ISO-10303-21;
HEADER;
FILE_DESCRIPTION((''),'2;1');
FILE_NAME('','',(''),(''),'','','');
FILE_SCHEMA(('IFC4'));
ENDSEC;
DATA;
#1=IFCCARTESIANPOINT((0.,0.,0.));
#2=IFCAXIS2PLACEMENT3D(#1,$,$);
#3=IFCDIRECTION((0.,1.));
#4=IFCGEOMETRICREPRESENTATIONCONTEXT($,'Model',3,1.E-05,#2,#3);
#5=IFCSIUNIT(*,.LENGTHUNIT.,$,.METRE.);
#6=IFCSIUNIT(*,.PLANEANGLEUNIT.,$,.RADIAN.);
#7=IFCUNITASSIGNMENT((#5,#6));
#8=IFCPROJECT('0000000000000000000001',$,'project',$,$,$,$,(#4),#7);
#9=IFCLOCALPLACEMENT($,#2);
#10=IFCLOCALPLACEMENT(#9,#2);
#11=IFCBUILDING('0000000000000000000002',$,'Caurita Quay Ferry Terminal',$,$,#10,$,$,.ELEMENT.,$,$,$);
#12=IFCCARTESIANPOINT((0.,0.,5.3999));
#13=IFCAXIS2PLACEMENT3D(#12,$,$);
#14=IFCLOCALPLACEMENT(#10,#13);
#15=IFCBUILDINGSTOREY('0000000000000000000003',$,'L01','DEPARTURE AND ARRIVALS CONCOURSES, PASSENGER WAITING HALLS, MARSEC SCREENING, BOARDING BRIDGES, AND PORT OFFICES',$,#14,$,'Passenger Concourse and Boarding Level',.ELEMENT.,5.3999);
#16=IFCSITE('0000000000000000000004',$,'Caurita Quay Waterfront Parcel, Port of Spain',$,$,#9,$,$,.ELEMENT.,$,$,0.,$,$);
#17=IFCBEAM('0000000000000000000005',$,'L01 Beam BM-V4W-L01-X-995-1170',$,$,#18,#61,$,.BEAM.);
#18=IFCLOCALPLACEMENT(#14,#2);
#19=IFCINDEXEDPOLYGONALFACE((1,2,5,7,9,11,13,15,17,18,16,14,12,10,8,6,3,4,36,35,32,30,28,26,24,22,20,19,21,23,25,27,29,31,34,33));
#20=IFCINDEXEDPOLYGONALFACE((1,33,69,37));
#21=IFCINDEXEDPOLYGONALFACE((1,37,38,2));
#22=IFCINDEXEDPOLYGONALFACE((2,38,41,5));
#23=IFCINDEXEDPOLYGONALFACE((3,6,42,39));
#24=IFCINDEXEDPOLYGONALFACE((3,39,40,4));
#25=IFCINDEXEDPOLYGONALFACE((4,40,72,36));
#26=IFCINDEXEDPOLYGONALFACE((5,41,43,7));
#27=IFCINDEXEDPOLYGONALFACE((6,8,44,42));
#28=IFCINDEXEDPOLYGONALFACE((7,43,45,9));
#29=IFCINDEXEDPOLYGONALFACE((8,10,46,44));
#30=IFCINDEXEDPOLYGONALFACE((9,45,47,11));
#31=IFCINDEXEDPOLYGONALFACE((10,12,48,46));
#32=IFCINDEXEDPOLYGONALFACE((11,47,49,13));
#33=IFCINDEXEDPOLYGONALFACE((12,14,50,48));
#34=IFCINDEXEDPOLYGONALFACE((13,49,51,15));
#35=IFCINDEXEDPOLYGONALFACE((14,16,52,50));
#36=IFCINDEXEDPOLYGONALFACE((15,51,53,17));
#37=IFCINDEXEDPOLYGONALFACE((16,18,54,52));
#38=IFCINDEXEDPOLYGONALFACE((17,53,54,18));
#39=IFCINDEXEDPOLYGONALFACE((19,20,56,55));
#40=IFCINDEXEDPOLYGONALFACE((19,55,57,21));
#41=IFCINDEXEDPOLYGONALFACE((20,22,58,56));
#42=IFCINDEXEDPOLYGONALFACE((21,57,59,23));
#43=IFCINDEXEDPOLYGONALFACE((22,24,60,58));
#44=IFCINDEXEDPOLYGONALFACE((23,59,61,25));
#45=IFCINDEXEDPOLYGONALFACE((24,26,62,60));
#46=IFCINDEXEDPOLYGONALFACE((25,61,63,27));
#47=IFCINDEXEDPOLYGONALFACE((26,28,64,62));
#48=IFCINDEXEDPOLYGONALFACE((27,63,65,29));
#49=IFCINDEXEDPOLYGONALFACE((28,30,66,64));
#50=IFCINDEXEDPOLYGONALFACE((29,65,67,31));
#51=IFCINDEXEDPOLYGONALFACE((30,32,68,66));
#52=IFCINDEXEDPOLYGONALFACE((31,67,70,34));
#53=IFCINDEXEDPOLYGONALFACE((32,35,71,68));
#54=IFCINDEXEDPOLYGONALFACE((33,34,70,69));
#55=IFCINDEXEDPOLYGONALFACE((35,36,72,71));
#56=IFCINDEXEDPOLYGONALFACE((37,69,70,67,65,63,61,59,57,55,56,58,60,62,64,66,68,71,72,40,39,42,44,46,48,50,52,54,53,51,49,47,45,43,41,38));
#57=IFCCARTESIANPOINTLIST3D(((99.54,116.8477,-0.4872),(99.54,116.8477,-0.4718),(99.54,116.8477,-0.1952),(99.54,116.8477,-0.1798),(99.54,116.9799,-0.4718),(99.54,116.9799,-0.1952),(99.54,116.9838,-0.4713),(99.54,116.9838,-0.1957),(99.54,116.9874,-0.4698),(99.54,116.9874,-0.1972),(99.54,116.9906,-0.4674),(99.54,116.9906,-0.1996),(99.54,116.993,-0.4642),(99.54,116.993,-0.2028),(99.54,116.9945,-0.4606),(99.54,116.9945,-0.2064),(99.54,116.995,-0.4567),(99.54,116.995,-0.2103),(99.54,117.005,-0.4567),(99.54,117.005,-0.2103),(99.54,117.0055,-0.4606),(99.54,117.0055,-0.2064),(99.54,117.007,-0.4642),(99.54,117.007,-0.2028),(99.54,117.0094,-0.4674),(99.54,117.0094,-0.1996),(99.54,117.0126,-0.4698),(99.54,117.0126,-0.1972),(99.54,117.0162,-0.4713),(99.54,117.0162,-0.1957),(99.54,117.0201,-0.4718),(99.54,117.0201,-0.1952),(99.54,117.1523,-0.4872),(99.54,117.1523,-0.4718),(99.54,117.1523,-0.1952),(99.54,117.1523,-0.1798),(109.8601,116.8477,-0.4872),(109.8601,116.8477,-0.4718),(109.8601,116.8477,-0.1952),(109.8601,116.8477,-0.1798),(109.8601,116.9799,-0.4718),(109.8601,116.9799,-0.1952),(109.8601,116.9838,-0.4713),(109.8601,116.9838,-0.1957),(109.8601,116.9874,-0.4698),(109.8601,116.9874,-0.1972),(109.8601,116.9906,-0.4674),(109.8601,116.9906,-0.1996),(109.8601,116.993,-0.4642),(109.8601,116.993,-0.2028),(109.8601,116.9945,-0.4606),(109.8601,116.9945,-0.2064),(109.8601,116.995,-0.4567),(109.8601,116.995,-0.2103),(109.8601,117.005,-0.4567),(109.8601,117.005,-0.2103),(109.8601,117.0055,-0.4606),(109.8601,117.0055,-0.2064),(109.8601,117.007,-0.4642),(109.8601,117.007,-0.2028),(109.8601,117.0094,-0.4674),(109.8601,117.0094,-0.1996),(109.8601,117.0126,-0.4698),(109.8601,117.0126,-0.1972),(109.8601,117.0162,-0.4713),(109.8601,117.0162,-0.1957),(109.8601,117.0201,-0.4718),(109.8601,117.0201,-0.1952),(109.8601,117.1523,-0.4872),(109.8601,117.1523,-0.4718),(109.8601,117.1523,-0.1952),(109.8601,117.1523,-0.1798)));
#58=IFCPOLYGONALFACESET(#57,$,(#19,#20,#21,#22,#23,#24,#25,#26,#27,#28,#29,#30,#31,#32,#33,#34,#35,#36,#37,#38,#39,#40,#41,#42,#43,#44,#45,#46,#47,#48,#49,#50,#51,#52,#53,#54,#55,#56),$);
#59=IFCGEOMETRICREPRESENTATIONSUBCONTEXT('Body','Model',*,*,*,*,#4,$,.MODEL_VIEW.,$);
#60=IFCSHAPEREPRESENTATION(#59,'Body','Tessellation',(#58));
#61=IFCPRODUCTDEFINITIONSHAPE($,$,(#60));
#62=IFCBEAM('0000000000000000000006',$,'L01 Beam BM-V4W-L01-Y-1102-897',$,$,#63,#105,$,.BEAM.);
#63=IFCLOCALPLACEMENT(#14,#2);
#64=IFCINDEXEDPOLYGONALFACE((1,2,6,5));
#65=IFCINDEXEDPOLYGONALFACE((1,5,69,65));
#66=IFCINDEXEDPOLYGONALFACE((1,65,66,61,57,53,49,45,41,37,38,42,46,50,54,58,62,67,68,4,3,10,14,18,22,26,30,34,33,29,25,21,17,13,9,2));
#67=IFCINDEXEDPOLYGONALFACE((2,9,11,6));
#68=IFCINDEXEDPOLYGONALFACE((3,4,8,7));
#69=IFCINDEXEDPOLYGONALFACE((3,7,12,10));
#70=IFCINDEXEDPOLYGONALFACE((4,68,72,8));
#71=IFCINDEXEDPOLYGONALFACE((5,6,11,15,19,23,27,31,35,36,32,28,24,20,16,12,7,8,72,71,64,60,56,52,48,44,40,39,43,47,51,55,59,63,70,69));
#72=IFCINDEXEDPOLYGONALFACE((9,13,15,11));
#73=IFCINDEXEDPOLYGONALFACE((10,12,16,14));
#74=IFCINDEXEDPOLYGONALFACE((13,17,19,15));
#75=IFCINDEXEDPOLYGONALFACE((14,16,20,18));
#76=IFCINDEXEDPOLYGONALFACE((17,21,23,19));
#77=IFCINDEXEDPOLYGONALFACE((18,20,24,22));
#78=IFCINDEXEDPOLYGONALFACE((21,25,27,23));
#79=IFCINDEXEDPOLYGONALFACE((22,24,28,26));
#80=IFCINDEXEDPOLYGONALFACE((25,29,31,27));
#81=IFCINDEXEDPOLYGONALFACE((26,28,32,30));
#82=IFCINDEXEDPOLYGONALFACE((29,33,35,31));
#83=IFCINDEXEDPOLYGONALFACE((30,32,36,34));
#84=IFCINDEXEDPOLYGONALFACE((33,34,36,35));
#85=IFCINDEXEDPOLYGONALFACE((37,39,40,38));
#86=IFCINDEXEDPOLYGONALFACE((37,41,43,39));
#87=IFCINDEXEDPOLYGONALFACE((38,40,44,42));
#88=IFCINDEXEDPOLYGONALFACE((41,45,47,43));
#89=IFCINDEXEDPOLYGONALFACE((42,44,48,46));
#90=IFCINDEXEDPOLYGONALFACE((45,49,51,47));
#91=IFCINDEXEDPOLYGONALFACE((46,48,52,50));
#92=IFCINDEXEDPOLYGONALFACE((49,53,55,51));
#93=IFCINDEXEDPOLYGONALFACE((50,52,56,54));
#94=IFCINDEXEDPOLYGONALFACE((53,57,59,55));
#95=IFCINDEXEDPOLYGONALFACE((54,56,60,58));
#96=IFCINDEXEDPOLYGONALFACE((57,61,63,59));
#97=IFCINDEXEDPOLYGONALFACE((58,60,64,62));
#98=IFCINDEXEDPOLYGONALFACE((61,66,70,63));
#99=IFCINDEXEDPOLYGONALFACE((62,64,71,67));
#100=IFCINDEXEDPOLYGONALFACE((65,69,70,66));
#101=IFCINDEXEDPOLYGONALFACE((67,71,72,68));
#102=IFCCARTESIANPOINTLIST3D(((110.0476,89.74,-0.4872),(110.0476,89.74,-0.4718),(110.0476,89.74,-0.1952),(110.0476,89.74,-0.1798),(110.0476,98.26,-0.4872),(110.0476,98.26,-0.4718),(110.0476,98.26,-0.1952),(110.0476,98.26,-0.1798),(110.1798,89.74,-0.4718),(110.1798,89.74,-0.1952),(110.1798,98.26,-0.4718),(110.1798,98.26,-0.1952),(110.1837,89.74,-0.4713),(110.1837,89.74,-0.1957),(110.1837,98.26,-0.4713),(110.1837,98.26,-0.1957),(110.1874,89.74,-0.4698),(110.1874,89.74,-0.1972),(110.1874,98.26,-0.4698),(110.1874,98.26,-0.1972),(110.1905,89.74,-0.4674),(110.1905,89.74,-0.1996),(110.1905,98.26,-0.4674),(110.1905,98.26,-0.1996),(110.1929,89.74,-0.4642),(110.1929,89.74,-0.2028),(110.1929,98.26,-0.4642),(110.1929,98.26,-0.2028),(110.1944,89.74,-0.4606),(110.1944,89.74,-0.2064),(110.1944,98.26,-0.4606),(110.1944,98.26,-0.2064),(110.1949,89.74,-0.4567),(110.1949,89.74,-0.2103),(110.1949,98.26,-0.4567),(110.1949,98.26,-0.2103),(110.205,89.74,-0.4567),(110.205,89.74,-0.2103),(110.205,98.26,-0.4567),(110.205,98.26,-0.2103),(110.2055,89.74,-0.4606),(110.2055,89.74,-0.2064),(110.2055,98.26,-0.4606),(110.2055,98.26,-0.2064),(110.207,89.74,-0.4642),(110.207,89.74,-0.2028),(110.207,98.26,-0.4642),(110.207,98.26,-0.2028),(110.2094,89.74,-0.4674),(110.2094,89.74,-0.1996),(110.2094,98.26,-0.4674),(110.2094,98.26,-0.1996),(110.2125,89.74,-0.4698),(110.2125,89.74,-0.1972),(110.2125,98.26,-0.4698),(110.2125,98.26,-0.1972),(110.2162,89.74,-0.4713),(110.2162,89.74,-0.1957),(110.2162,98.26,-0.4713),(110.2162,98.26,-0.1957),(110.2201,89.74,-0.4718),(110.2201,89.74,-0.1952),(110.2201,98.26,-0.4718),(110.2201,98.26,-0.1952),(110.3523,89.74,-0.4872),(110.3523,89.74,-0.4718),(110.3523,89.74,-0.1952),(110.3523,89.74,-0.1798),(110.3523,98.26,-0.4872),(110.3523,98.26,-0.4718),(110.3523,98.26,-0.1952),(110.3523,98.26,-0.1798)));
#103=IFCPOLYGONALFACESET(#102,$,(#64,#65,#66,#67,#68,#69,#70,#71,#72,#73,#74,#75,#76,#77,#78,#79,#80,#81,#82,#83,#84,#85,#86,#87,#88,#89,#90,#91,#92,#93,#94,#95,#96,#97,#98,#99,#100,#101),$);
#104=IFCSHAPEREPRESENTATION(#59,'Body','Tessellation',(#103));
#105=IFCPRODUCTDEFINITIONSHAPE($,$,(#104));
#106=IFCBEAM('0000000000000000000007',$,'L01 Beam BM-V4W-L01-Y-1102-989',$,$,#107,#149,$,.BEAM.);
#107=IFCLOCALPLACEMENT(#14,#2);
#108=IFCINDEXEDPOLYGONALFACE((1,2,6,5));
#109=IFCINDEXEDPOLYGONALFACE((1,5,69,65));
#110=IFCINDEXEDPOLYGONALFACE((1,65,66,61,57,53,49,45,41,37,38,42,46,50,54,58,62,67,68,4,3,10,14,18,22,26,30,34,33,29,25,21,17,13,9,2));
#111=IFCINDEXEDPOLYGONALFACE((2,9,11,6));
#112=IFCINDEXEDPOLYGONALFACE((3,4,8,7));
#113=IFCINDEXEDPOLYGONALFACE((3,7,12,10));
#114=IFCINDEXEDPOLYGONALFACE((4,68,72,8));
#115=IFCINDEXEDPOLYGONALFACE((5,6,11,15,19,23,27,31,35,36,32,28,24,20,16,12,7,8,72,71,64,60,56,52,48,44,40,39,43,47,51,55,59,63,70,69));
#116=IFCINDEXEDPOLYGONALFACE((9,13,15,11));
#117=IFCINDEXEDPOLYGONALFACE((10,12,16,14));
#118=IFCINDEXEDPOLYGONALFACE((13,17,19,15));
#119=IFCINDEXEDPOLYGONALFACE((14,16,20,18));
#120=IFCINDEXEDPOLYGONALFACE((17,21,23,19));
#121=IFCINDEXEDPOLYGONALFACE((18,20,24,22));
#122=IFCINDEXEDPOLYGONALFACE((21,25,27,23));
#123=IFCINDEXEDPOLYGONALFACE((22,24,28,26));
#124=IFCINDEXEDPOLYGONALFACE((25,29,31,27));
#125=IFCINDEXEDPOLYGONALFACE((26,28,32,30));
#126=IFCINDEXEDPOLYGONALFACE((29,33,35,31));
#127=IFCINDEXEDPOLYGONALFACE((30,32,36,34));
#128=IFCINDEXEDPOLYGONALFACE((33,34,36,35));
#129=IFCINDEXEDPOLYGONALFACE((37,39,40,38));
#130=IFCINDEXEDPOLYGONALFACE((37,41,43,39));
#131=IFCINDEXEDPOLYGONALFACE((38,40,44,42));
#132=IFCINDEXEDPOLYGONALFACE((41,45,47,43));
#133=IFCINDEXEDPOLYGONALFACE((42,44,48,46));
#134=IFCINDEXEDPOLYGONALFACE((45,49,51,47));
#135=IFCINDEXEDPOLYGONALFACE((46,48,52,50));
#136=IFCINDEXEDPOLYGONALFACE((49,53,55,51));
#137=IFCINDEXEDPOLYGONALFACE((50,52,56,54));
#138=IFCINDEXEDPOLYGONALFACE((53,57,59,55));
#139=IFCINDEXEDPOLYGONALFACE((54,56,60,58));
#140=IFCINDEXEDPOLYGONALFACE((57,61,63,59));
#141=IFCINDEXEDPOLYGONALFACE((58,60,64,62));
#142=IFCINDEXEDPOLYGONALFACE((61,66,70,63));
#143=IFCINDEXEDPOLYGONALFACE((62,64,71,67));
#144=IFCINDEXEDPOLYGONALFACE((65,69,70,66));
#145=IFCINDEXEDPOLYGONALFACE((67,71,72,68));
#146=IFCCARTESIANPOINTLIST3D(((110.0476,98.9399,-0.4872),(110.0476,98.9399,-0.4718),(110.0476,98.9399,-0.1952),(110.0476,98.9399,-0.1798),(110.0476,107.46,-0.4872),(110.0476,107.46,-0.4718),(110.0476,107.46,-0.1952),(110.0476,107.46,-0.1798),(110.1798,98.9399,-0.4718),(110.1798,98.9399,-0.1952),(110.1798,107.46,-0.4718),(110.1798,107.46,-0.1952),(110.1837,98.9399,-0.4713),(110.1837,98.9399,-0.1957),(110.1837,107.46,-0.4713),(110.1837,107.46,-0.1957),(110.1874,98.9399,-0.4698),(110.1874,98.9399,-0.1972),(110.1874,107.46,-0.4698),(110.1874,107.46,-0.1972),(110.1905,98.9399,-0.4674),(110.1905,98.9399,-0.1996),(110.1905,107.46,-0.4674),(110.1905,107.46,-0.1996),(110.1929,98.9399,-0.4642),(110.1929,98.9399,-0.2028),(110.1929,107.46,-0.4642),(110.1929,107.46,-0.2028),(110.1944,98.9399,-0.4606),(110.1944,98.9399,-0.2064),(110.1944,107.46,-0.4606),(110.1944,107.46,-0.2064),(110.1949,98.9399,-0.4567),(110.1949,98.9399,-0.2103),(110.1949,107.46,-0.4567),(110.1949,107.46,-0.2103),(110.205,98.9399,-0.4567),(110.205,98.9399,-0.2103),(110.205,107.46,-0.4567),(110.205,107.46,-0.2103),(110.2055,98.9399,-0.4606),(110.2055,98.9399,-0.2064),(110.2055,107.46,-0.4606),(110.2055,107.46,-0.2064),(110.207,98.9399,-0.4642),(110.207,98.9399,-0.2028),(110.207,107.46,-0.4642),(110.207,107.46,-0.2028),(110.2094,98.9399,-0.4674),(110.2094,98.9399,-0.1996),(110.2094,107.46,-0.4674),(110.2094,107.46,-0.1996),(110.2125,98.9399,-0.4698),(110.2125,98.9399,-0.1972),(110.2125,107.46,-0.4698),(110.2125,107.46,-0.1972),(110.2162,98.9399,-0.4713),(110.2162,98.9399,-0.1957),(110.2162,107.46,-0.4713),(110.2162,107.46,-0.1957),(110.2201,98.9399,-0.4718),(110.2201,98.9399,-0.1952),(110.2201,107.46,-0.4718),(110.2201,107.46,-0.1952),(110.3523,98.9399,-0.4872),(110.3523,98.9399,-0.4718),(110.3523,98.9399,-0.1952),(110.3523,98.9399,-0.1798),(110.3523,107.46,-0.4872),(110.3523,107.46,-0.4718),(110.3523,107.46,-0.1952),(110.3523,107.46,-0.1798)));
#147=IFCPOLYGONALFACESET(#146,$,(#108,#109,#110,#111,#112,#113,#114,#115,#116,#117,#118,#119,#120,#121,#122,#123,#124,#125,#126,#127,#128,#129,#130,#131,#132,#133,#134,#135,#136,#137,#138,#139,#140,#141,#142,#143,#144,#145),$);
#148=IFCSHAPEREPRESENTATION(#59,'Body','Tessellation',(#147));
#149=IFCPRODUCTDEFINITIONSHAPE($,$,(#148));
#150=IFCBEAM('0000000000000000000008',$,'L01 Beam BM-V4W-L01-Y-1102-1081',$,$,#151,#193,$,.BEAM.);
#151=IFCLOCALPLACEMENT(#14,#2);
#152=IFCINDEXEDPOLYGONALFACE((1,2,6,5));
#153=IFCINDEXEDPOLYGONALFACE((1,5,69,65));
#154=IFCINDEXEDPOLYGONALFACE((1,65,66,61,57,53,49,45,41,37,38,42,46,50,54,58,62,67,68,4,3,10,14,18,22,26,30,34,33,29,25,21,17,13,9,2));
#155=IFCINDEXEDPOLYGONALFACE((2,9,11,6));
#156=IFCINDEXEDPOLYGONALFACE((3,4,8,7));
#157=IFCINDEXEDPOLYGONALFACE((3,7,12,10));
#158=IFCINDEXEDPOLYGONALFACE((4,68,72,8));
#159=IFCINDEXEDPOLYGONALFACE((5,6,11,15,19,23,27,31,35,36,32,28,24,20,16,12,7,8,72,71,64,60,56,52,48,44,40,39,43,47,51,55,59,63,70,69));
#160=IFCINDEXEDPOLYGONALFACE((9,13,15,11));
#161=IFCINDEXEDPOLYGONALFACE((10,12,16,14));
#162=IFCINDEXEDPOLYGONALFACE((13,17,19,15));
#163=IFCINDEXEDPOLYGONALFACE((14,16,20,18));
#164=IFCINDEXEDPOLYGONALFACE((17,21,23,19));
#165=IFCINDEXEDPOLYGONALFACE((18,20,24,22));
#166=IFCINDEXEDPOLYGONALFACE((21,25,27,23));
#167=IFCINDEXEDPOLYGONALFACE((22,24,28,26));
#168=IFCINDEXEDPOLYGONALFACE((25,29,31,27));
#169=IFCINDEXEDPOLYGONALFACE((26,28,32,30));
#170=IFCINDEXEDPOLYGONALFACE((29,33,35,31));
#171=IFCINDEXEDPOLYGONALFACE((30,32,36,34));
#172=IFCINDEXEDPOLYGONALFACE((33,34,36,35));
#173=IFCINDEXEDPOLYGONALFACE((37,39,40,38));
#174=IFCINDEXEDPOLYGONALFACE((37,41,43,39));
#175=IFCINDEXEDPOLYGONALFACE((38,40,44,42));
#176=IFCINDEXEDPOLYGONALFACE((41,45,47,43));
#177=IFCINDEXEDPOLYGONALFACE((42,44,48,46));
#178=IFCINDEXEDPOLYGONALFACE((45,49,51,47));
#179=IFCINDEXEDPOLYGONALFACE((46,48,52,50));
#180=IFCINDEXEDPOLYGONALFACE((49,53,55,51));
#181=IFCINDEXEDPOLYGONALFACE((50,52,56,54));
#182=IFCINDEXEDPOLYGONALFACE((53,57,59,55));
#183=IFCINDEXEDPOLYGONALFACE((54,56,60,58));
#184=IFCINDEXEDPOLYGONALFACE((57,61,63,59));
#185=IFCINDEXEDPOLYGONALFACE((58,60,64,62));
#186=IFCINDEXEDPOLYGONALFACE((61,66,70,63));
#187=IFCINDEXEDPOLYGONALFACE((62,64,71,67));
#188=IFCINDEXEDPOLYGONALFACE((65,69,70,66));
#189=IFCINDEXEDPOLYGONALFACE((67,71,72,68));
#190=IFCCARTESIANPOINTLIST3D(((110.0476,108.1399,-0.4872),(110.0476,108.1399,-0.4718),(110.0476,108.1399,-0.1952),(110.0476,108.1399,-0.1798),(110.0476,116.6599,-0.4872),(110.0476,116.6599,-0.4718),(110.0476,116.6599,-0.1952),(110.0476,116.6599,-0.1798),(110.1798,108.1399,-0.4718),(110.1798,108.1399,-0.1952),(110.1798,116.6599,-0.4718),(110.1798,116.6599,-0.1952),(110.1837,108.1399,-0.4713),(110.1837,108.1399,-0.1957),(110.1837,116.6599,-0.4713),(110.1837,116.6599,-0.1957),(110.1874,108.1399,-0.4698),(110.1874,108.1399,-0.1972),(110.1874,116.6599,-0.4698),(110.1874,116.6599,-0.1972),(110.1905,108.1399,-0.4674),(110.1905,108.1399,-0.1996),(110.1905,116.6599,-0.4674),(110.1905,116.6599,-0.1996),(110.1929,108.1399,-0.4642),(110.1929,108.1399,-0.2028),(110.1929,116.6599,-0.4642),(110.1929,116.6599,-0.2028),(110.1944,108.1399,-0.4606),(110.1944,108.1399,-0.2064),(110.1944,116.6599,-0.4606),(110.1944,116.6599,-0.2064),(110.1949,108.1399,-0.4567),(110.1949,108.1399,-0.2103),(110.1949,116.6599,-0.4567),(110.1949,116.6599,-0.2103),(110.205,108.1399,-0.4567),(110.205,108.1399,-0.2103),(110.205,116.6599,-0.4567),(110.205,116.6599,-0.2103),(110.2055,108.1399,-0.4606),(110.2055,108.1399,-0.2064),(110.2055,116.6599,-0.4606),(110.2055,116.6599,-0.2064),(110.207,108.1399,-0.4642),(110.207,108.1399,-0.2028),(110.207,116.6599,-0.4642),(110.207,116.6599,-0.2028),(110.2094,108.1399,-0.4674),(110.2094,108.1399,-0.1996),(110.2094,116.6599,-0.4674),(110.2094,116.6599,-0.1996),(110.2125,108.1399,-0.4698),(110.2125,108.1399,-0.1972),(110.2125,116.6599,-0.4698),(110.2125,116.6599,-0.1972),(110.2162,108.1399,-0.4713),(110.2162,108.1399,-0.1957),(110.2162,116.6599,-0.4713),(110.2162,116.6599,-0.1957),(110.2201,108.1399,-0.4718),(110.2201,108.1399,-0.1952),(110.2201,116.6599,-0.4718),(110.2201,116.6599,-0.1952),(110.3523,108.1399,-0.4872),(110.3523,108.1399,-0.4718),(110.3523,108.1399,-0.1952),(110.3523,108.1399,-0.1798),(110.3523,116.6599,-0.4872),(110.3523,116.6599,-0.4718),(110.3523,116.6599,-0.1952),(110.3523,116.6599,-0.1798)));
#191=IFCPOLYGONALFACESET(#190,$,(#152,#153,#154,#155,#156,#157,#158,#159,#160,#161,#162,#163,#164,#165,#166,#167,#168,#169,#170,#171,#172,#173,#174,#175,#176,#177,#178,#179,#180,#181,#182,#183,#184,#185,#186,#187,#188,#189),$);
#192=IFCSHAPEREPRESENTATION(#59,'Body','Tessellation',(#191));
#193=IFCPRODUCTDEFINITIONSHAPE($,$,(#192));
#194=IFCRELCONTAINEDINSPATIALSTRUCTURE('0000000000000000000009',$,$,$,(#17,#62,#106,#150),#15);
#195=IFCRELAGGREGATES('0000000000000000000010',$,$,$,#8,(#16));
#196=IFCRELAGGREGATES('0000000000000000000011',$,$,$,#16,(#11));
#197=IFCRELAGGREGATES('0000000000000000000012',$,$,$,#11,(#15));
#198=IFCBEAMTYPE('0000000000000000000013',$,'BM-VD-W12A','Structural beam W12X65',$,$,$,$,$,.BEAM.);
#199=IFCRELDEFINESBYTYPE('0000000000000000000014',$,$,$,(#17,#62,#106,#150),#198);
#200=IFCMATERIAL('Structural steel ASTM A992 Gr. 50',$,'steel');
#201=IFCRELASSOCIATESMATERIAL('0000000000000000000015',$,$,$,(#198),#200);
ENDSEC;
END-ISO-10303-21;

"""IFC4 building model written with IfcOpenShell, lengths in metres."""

from ifc_helpers import new_model, si_unit, direction, frame, origin, origin_2d, place, context, subcontext, project, spatial, i_section, extrude, material, material_profile, profile_set, type_object, element, save


model = new_model("IFC4")

# Units and contexts
model_context = context("Model", 3, precision=1e-05, world=origin(), true_north=direction((0.0, 1.0)))
body_context = subcontext(model_context, "Body", "Model", "MODEL_VIEW")
ifc_project = project(units=[si_unit("LENGTHUNIT", "METRE"), si_unit("PLANEANGLEUNIT", "RADIAN")], contexts=[model_context])

# Site, building, storey
site_placement = place(None, origin())
site = spatial("IfcSite", under=ifc_project, at=site_placement, Name="Caurita Quay Waterfront Parcel, Port of Spain", CompositionType="ELEMENT", RefElevation=0.0)
building_placement = place(site_placement, origin())
building = spatial("IfcBuilding", under=site, at=building_placement, Name="Caurita Quay Ferry Terminal", CompositionType="ELEMENT")
storey_placement = place(building_placement, frame((0.0, 0.0, 5.3999)))
storey = spatial("IfcBuildingStorey", under=building, at=storey_placement, Name="L01", Description="DEPARTURE AND ARRIVALS CONCOURSES, PASSENGER WAITING HALLS, MARSEC SCREENING, BOARDING BRIDGES, AND PORT OFFICES", LongName="Passenger Concourse and Boarding Level", CompositionType="ELEMENT", Elevation=5.3999)

# Beams
ifc_material_1 = material(Name="Structural steel ASTM A992 Gr. 50", Category="steel")
ifc_material_profile_1 = material_profile(ifc_material_1, i_section(OverallWidth=0.3047, OverallDepth=0.3074, WebThickness=0.01, FlangeThickness=0.0154, FilletRadius=0.0151, at=origin_2d()), Name="W12X65")
ifc_profile_set_1 = profile_set([ifc_material_profile_1], Name="Structural steel ASTM A992 Gr. 50")
beam_type_1 = type_object("IfcBeamType", Name="BM-VD-W12A", Description="Structural beam W12X65", PredefinedType="BEAM", material=ifc_profile_set_1)
for number, where, z_axis, x_axis, name in (
    (1, (99.54, 117.0, -0.3335), (1.0, 0.0, 0.0), (0.0, 1.0, 0.0), "L01 Beam BM-V4W-L01-X-995-1170"),
):
    element("IfcBeam", number, at=place(storey_placement, frame(where, z_axis=z_axis, x_axis=x_axis)), inside=storey, type_object=beam_type_1, Name=name, PredefinedType="BEAM", context=body_context, shape_type="SweptSolid", body=[
        extrude(i_section(OverallWidth=0.3047, OverallDepth=0.3074, WebThickness=0.01, FlangeThickness=0.0154, FilletRadius=0.0151, at=origin_2d()), origin(), (0.0, 0.0, 1.0), 10.3201),
    ])
for number, where, z_axis, x_axis, name in (
    (2, (110.2, 89.74, -0.3335), (0.0, 1.0, 0.0), (-1.0, 0.0, 0.0), "L01 Beam BM-V4W-L01-Y-1102-897"),
    (3, (110.2, 98.9399, -0.3335), (0.0, 1.0, 0.0), (-1.0, 0.0, 0.0), "L01 Beam BM-V4W-L01-Y-1102-989"),
    (4, (110.2, 108.1399, -0.3335), (0.0, 1.0, 0.0), (-1.0, 0.0, 0.0), "L01 Beam BM-V4W-L01-Y-1102-1081"),
):
    element("IfcBeam", number, at=place(storey_placement, frame(where, z_axis=z_axis, x_axis=x_axis)), inside=storey, type_object=beam_type_1, Name=name, PredefinedType="BEAM", context=body_context, shape_type="SweptSolid", body=[
        extrude(i_section(OverallWidth=0.3047, OverallDepth=0.3074, WebThickness=0.01, FlangeThickness=0.0154, FilletRadius=0.0151, at=origin_2d()), origin(), (0.0, 0.0, 1.0), 8.52),
    ])

save(model, "model.ifc")
